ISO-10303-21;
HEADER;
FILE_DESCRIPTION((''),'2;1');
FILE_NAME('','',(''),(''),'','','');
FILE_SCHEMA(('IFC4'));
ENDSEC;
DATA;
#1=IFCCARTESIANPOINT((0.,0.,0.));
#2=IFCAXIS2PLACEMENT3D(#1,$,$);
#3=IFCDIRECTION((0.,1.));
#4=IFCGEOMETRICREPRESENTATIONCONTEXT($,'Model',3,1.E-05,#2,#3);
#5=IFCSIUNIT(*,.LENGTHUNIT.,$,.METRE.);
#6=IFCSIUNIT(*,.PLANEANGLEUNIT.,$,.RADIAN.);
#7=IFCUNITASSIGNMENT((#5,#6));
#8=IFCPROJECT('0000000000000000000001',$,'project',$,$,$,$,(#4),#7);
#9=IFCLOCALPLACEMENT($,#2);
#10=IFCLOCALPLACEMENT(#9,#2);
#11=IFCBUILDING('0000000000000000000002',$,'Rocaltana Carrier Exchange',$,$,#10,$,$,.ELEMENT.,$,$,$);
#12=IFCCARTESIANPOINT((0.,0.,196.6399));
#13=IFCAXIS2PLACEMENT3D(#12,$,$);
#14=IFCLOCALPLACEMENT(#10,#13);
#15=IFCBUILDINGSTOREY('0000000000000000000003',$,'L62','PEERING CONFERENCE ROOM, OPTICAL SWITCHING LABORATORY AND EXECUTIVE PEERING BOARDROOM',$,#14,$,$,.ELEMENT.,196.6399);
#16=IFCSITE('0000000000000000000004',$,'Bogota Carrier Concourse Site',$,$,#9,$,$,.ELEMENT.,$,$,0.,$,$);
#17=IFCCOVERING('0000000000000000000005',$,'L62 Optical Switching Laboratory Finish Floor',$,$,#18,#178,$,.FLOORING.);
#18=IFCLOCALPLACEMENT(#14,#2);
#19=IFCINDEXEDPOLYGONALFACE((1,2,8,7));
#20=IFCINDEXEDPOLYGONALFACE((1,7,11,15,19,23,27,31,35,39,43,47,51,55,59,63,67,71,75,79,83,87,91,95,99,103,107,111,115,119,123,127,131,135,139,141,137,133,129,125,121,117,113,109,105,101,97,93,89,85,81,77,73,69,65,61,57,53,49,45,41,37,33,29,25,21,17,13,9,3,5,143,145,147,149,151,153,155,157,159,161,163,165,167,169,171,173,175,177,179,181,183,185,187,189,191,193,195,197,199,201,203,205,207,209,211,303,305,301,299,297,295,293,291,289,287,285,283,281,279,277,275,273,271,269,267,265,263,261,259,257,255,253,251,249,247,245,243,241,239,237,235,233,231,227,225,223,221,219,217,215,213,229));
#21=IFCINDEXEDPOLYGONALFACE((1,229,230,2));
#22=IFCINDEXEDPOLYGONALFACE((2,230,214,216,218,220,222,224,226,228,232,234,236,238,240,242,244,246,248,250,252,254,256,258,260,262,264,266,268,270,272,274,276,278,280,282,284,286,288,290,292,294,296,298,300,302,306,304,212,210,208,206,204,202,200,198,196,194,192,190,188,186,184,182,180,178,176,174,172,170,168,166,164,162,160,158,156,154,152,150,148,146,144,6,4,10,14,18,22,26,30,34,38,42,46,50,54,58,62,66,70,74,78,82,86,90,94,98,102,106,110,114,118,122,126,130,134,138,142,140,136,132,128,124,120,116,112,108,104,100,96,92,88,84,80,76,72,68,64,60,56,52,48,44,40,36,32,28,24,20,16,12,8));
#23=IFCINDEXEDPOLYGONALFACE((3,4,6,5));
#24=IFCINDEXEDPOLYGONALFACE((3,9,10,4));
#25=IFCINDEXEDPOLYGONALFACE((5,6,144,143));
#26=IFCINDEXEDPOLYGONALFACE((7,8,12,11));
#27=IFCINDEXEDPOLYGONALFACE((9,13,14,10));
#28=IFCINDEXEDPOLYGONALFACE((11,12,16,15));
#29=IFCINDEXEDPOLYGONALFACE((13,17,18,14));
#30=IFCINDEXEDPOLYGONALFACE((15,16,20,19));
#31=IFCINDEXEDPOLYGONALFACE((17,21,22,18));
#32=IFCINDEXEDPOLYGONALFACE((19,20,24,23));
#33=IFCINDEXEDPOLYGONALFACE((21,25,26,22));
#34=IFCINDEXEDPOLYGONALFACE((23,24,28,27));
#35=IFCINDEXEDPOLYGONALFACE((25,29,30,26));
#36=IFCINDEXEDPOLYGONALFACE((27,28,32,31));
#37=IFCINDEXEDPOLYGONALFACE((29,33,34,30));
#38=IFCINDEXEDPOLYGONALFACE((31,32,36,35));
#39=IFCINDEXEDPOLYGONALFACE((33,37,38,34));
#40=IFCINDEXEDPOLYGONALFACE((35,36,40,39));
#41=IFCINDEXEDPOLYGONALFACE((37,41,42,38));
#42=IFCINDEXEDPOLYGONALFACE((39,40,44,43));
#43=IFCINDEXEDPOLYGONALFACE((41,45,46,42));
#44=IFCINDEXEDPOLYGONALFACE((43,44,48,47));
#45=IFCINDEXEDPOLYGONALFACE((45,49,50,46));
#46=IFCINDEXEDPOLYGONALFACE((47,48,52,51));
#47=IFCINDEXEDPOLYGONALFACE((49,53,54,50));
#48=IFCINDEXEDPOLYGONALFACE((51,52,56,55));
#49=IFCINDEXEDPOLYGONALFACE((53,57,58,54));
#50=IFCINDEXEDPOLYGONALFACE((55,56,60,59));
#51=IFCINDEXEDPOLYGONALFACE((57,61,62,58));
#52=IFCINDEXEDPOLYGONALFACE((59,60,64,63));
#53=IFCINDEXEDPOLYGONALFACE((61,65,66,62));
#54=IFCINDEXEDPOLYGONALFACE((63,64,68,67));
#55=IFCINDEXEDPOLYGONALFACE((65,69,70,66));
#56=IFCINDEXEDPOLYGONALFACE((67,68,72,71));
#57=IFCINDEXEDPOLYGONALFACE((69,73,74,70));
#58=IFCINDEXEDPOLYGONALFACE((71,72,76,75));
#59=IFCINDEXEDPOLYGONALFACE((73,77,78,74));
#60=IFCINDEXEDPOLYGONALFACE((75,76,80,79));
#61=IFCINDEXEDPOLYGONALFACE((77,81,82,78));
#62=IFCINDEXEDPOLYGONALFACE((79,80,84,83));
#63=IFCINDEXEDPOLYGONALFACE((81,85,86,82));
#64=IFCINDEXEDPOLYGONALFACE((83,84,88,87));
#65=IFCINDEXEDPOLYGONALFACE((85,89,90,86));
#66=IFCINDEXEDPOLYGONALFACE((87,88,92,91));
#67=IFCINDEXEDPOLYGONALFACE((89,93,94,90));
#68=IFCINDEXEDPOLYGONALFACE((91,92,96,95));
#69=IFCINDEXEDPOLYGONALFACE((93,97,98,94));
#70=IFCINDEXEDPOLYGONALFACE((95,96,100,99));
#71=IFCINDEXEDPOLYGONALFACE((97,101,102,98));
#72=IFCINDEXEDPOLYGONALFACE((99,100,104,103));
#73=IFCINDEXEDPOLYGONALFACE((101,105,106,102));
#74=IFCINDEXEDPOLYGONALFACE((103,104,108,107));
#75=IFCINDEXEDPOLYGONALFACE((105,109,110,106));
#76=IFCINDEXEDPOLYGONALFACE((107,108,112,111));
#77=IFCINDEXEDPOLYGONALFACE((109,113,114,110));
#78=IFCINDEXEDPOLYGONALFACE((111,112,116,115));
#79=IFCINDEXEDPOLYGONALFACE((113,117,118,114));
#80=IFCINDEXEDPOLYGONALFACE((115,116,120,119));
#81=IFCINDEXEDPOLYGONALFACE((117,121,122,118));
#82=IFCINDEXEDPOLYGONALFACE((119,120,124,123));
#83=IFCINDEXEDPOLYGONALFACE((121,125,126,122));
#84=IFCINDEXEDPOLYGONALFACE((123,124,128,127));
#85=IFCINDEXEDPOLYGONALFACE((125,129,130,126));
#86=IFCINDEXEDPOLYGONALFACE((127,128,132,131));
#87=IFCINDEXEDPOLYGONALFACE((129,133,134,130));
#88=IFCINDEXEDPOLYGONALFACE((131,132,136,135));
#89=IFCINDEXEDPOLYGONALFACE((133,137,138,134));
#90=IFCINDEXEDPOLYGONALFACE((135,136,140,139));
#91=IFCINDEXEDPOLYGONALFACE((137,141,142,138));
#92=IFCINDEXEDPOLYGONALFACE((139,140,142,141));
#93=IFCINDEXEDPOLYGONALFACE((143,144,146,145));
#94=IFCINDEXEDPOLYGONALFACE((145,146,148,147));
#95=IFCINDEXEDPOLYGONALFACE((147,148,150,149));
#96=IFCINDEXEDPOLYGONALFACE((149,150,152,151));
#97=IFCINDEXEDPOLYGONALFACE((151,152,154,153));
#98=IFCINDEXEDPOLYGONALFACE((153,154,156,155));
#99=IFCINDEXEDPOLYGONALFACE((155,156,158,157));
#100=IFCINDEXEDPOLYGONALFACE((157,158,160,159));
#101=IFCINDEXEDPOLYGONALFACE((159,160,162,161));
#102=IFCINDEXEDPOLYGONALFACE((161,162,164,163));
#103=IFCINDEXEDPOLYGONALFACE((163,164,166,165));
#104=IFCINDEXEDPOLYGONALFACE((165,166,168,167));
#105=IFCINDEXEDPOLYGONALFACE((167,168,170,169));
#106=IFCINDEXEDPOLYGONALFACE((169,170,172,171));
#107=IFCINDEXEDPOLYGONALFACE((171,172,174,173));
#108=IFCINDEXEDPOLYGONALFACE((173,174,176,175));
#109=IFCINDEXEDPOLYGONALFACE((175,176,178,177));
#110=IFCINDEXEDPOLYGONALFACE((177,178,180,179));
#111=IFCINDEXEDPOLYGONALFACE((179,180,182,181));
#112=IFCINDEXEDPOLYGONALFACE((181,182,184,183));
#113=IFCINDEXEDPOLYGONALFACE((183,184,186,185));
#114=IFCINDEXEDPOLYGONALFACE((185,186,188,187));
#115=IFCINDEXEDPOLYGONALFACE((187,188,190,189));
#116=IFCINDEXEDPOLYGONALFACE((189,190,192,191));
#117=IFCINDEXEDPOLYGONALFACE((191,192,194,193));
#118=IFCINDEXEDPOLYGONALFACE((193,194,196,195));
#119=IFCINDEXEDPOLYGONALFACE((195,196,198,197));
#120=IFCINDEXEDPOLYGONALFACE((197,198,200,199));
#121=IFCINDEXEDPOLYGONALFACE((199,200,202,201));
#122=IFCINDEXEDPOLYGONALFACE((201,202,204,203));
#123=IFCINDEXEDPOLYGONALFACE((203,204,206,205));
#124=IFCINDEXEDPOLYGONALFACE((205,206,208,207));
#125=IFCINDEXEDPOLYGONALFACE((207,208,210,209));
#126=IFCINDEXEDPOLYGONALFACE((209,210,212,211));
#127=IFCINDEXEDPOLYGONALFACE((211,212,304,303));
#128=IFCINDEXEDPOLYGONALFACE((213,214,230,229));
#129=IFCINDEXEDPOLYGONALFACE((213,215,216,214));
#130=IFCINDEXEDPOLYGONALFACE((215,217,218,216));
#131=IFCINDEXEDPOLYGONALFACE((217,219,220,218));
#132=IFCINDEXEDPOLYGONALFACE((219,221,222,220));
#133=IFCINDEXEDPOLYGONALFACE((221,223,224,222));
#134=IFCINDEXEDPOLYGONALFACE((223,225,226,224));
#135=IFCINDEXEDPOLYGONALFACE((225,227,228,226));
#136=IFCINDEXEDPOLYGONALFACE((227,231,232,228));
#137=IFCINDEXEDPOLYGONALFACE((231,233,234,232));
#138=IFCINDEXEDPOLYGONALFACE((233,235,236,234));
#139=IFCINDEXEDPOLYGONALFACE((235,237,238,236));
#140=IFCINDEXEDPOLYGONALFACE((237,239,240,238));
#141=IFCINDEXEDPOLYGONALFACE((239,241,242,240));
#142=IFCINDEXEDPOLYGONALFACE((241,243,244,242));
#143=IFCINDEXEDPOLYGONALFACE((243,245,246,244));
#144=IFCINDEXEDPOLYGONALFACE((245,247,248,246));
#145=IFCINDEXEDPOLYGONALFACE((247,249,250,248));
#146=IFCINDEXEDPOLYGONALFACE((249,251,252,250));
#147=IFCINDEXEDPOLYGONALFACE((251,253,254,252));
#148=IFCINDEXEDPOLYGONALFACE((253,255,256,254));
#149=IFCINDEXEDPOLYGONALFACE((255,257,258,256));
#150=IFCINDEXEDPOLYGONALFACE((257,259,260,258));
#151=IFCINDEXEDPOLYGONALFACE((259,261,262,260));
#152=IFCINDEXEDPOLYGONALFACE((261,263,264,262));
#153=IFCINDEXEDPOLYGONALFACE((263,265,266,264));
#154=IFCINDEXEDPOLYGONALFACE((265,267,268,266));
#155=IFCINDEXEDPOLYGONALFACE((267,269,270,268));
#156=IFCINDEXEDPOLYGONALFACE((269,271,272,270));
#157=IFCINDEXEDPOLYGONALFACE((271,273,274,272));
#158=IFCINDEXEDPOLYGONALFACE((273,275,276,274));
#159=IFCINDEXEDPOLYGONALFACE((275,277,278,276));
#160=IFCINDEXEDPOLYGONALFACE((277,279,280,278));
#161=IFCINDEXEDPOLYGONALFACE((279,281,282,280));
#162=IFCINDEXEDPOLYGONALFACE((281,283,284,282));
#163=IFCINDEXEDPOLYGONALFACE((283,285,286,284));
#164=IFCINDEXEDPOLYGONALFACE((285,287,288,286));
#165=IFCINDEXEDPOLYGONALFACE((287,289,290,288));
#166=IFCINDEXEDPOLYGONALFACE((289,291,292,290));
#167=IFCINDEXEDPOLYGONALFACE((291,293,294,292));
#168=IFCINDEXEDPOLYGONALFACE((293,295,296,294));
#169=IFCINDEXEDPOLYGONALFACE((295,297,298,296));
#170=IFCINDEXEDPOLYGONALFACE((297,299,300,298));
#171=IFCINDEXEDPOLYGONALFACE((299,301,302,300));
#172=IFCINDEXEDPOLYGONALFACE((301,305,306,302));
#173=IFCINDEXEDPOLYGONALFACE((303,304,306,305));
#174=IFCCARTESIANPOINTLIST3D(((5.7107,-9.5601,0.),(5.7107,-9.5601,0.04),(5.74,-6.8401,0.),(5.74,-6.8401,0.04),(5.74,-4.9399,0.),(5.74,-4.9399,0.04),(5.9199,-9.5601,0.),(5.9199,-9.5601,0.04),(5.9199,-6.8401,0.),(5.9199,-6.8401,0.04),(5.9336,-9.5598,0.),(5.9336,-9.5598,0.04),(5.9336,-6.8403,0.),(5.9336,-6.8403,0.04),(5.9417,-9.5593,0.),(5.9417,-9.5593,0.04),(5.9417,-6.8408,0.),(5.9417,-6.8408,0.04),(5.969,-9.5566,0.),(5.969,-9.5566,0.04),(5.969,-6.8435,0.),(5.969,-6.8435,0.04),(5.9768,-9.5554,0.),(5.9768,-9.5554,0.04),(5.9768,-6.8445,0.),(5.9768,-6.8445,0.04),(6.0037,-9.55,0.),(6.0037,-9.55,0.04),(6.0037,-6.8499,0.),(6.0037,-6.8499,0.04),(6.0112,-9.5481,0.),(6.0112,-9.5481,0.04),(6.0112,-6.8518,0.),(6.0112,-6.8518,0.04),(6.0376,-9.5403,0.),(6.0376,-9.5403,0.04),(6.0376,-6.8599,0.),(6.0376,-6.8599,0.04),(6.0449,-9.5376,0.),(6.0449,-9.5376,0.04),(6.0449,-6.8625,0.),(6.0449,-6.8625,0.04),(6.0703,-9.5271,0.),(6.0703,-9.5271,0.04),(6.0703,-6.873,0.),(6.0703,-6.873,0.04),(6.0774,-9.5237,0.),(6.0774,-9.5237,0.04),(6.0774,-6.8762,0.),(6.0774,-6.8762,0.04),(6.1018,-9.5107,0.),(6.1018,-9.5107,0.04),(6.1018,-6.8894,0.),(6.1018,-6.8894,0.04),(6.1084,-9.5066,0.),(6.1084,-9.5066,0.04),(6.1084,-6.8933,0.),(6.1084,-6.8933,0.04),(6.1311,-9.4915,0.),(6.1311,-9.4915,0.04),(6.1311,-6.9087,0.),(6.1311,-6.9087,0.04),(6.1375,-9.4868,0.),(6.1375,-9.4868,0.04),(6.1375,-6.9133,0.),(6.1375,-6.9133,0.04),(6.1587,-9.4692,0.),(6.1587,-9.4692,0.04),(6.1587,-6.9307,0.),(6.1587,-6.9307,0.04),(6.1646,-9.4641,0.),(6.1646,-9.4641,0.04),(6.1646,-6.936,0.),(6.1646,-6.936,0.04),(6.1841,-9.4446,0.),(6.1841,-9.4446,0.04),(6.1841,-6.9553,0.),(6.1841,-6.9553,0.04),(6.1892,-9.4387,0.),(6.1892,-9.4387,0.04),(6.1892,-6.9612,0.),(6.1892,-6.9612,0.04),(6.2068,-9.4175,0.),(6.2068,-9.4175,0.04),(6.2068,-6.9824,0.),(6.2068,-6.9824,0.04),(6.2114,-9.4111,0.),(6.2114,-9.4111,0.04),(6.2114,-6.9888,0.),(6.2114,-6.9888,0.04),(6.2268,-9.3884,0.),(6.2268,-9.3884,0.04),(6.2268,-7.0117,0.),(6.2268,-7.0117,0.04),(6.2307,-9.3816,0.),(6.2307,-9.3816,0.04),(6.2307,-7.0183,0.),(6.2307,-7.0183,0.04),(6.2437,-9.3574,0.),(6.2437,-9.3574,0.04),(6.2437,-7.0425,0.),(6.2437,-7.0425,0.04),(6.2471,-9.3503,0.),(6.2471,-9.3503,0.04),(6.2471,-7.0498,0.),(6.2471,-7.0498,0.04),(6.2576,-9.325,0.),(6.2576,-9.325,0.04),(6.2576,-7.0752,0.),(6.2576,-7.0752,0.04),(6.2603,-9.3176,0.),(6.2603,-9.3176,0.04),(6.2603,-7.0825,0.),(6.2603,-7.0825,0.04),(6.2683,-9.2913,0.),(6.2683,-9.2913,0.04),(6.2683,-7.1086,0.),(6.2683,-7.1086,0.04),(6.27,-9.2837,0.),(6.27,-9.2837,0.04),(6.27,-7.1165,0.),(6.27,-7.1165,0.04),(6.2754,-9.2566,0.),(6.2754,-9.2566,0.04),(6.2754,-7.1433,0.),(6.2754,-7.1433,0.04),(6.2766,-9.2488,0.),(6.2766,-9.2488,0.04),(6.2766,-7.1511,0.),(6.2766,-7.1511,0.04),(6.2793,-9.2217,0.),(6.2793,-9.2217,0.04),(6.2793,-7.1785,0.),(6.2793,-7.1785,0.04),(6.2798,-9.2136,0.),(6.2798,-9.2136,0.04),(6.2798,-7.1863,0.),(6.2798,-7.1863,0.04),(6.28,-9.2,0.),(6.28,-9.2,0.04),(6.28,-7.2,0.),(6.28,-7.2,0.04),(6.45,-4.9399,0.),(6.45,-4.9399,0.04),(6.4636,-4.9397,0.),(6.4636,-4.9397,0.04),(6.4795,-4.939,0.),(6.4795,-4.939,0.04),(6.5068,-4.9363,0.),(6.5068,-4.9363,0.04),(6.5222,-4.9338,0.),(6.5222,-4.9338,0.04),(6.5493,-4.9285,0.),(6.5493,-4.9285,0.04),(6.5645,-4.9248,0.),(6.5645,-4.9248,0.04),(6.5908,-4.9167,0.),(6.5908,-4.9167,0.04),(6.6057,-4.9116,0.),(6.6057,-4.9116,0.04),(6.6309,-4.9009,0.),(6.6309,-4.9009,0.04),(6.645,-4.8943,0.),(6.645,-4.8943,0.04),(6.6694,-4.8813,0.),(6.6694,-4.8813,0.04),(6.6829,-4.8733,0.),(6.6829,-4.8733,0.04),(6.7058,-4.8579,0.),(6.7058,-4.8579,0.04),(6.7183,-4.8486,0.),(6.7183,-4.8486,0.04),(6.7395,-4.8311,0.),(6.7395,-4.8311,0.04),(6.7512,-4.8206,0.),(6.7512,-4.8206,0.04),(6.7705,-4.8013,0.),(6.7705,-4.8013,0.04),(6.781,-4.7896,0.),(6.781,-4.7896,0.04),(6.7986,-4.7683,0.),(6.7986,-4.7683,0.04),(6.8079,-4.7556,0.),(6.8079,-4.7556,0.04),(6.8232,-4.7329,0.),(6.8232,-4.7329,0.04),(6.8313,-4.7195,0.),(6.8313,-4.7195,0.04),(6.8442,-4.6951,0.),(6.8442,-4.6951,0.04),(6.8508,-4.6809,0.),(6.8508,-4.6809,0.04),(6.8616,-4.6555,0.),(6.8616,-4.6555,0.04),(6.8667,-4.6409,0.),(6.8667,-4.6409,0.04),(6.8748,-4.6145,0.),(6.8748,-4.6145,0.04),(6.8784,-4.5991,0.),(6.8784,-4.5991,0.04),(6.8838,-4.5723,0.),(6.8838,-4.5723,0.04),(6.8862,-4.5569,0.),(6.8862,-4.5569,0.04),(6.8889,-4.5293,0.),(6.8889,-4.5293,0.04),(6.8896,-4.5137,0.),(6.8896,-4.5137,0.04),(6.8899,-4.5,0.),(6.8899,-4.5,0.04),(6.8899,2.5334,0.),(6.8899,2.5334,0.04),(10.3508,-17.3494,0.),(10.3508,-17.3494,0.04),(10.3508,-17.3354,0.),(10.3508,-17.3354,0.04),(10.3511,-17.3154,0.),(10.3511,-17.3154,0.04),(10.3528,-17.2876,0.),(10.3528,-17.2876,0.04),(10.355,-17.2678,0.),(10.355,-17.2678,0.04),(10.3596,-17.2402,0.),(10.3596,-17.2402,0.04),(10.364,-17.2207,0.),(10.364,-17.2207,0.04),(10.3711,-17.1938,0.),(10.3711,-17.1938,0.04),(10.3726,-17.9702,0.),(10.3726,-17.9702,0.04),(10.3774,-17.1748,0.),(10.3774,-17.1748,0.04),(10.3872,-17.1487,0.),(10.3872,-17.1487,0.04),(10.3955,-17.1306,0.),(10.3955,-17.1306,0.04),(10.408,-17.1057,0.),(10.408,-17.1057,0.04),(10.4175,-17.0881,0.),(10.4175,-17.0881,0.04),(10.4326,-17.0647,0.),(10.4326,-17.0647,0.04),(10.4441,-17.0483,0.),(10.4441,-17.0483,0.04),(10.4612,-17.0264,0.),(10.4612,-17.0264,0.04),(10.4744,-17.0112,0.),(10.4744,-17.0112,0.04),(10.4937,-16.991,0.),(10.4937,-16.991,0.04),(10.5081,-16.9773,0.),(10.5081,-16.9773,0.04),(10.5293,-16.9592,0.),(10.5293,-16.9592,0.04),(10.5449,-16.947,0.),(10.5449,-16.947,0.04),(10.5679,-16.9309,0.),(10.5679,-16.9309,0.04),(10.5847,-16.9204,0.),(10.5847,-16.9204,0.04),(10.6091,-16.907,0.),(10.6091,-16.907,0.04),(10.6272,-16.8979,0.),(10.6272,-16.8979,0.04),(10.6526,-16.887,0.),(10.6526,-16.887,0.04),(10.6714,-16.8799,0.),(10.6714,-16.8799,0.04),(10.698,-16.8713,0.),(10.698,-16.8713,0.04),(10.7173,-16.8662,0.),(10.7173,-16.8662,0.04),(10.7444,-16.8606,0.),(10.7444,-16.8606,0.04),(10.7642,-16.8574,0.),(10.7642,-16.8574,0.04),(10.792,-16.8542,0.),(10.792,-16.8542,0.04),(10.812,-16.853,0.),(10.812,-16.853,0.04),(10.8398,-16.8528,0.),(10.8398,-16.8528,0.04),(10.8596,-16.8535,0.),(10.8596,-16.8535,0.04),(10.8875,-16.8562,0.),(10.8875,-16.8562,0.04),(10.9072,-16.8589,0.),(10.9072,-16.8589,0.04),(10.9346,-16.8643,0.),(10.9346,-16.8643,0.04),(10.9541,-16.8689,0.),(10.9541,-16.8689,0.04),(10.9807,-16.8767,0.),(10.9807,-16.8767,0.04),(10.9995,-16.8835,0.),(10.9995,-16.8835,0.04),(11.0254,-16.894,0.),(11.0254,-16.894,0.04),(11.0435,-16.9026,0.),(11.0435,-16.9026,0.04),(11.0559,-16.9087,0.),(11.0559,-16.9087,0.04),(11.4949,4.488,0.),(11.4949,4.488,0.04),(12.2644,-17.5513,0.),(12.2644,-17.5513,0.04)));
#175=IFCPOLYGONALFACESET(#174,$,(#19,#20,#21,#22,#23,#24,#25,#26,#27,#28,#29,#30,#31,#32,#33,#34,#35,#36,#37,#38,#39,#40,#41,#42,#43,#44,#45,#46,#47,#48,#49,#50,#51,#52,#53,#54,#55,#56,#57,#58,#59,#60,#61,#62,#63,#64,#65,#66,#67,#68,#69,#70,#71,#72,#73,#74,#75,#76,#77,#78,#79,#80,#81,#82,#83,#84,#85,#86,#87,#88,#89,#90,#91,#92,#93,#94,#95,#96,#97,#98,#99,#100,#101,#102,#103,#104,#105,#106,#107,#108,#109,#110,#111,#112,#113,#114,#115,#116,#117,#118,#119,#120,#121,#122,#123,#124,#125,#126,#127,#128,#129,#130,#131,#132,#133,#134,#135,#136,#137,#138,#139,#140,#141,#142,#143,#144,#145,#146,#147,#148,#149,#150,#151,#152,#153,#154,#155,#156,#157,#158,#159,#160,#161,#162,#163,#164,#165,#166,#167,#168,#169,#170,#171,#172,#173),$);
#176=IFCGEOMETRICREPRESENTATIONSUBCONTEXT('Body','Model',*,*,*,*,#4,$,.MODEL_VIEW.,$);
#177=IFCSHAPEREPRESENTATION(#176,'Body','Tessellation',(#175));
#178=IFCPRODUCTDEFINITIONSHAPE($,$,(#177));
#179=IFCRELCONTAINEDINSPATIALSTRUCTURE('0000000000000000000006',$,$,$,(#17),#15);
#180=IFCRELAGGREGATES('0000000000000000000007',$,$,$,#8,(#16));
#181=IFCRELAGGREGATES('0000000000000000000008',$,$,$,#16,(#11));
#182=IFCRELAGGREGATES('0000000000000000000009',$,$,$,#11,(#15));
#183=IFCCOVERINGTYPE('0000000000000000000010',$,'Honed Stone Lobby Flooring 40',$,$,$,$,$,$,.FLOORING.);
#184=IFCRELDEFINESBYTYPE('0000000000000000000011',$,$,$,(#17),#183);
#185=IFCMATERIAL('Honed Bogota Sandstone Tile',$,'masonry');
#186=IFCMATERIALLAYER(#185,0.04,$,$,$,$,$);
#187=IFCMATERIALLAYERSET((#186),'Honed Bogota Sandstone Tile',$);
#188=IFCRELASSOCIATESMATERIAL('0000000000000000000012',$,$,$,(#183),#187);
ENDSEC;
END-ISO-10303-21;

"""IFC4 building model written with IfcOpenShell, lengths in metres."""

from ifc_helpers import new_model, si_unit, direction, frame, origin, place, context, subcontext, project, spatial, polyline, outline, extrude, material, layer, layer_set, type_object, element, save


model = new_model("IFC4")

# Units and contexts
model_context = context("Model", 3, precision=1e-05, world=origin(), true_north=direction((0.0, 1.0)))
body_context = subcontext(model_context, "Body", "Model", "MODEL_VIEW")
ifc_project = project(units=[si_unit("LENGTHUNIT", "METRE"), si_unit("PLANEANGLEUNIT", "RADIAN")], contexts=[model_context])

# Site, building, storey
site_placement = place(None, origin())
site = spatial("IfcSite", under=ifc_project, at=site_placement, Name="Bogota Carrier Concourse Site", CompositionType="ELEMENT", RefElevation=0.0)
building_placement = place(site_placement, origin())
building = spatial("IfcBuilding", under=site, at=building_placement, Name="Rocaltana Carrier Exchange", CompositionType="ELEMENT")
storey_placement = place(building_placement, frame((0.0, 0.0, 196.6399)))
storey = spatial("IfcBuildingStorey", under=building, at=storey_placement, Name="L62", Description="PEERING CONFERENCE ROOM, OPTICAL SWITCHING LABORATORY AND EXECUTIVE PEERING BOARDROOM", CompositionType="ELEMENT", Elevation=196.6399)

# Covering
ifc_material_1 = material(Name="Honed Bogota Sandstone Tile", Category="masonry")
ifc_layer_1 = layer(ifc_material_1, 0.04)
ifc_layer_set_1 = layer_set([ifc_layer_1], Name="Honed Bogota Sandstone Tile")
covering_type_1 = type_object("IfcCoveringType", Name="Honed Stone Lobby Flooring 40", PredefinedType="FLOORING", material=ifc_layer_set_1)
covering_1_placement = place(storey_placement, origin())
element("IfcCovering", 1, at=covering_1_placement, inside=storey, type_object=covering_type_1, Name="L62 Optical Switching Laboratory Finish Floor", PredefinedType="FLOORING", context=body_context, shape_type="SweptSolid", body=[
    extrude(outline(polyline([(5.74, -6.8401), (5.74, -4.9399), (6.45, -4.9399), (6.4636, -4.9397), (6.4795, -4.939), (6.5068, -4.9363), (6.5222, -4.9338), (6.5493, -4.9285), (6.5645, -4.9248), (6.5908, -4.9167), (6.6057, -4.9116), (6.6309, -4.9009), (6.645, -4.8943), (6.6694, -4.8813), (6.6829, -4.8733), (6.7058, -4.8579), (6.7183, -4.8486), (6.7395, -4.8311), (6.7512, -4.8206), (6.7705, -4.8013), (6.781, -4.7896), (6.7986, -4.7683), (6.8079, -4.7556), (6.8232, -4.7329), (6.8313, -4.7195), (6.8442, -4.6951), (6.8508, -4.6809), (6.8616, -4.6555), (6.8667, -4.6409), (6.8748, -4.6145), (6.8784, -4.5991), (6.8838, -4.5723), (6.8862, -4.5569), (6.8889, -4.5293), (6.8896, -4.5137), (6.8899, -4.5), (6.8899, 2.5334), (11.4949, 4.488), (12.2644, -17.5513), (11.0559, -16.9087), (11.0435, -16.9026), (11.0254, -16.894), (10.9995, -16.8835), (10.9807, -16.8767), (10.9541, -16.8689), (10.9346, -16.8643), (10.9072, -16.8589), (10.8875, -16.8562), (10.8596, -16.8535), (10.8398, -16.8528), (10.812, -16.853), (10.792, -16.8542), (10.7642, -16.8574), (10.7444, -16.8606), (10.7173, -16.8662), (10.698, -16.8713), (10.6714, -16.8799), (10.6526, -16.887), (10.6272, -16.8979), (10.6091, -16.907), (10.5847, -16.9204), (10.5679, -16.9309), (10.5449, -16.947), (10.5293, -16.9592), (10.5081, -16.9773), (10.4937, -16.991), (10.4744, -17.0112), (10.4612, -17.0264), (10.4441, -17.0483), (10.4326, -17.0647), (10.4175, -17.0881), (10.408, -17.1057), (10.3955, -17.1306), (10.3872, -17.1487), (10.3774, -17.1748), (10.3711, -17.1938), (10.364, -17.2207), (10.3596, -17.2402), (10.355, -17.2678), (10.3528, -17.2876), (10.3511, -17.3154), (10.3508, -17.3354), (10.3508, -17.3494), (10.3726, -17.9702), (5.7107, -9.5601), (5.9199, -9.5601), (5.9336, -9.5598), (5.9417, -9.5593), (5.969, -9.5566), (5.9768, -9.5554), (6.0037, -9.55), (6.0112, -9.5481), (6.0376, -9.5403), (6.0449, -9.5376), (6.0703, -9.5271), (6.0774, -9.5237), (6.1018, -9.5107), (6.1084, -9.5066), (6.1311, -9.4915), (6.1375, -9.4868), (6.1587, -9.4692), (6.1646, -9.4641), (6.1841, -9.4446), (6.1892, -9.4387), (6.2068, -9.4175), (6.2114, -9.4111), (6.2268, -9.3884), (6.2307, -9.3816), (6.2437, -9.3574), (6.2471, -9.3503), (6.2576, -9.325), (6.2603, -9.3176), (6.2683, -9.2913), (6.27, -9.2837), (6.2754, -9.2566), (6.2766, -9.2488), (6.2793, -9.2217), (6.2798, -9.2136), (6.28, -9.2), (6.28, -7.2), (6.2798, -7.1863), (6.2793, -7.1785), (6.2766, -7.1511), (6.2754, -7.1433), (6.27, -7.1165), (6.2683, -7.1086), (6.2603, -7.0825), (6.2576, -7.0752), (6.2471, -7.0498), (6.2437, -7.0425), (6.2307, -7.0183), (6.2268, -7.0117), (6.2114, -6.9888), (6.2068, -6.9824), (6.1892, -6.9612), (6.1841, -6.9553), (6.1646, -6.936), (6.1587, -6.9307), (6.1375, -6.9133), (6.1311, -6.9087), (6.1084, -6.8933), (6.1018, -6.8894), (6.0774, -6.8762), (6.0703, -6.873), (6.0449, -6.8625), (6.0376, -6.8599), (6.0112, -6.8518), (6.0037, -6.8499), (5.9768, -6.8445), (5.969, -6.8435), (5.9417, -6.8408), (5.9336, -6.8403), (5.9199, -6.8401), (5.74, -6.8401)])), origin(), (0.0, 0.0, 1.0), 0.04),
])

save(model, "model.ifc")
